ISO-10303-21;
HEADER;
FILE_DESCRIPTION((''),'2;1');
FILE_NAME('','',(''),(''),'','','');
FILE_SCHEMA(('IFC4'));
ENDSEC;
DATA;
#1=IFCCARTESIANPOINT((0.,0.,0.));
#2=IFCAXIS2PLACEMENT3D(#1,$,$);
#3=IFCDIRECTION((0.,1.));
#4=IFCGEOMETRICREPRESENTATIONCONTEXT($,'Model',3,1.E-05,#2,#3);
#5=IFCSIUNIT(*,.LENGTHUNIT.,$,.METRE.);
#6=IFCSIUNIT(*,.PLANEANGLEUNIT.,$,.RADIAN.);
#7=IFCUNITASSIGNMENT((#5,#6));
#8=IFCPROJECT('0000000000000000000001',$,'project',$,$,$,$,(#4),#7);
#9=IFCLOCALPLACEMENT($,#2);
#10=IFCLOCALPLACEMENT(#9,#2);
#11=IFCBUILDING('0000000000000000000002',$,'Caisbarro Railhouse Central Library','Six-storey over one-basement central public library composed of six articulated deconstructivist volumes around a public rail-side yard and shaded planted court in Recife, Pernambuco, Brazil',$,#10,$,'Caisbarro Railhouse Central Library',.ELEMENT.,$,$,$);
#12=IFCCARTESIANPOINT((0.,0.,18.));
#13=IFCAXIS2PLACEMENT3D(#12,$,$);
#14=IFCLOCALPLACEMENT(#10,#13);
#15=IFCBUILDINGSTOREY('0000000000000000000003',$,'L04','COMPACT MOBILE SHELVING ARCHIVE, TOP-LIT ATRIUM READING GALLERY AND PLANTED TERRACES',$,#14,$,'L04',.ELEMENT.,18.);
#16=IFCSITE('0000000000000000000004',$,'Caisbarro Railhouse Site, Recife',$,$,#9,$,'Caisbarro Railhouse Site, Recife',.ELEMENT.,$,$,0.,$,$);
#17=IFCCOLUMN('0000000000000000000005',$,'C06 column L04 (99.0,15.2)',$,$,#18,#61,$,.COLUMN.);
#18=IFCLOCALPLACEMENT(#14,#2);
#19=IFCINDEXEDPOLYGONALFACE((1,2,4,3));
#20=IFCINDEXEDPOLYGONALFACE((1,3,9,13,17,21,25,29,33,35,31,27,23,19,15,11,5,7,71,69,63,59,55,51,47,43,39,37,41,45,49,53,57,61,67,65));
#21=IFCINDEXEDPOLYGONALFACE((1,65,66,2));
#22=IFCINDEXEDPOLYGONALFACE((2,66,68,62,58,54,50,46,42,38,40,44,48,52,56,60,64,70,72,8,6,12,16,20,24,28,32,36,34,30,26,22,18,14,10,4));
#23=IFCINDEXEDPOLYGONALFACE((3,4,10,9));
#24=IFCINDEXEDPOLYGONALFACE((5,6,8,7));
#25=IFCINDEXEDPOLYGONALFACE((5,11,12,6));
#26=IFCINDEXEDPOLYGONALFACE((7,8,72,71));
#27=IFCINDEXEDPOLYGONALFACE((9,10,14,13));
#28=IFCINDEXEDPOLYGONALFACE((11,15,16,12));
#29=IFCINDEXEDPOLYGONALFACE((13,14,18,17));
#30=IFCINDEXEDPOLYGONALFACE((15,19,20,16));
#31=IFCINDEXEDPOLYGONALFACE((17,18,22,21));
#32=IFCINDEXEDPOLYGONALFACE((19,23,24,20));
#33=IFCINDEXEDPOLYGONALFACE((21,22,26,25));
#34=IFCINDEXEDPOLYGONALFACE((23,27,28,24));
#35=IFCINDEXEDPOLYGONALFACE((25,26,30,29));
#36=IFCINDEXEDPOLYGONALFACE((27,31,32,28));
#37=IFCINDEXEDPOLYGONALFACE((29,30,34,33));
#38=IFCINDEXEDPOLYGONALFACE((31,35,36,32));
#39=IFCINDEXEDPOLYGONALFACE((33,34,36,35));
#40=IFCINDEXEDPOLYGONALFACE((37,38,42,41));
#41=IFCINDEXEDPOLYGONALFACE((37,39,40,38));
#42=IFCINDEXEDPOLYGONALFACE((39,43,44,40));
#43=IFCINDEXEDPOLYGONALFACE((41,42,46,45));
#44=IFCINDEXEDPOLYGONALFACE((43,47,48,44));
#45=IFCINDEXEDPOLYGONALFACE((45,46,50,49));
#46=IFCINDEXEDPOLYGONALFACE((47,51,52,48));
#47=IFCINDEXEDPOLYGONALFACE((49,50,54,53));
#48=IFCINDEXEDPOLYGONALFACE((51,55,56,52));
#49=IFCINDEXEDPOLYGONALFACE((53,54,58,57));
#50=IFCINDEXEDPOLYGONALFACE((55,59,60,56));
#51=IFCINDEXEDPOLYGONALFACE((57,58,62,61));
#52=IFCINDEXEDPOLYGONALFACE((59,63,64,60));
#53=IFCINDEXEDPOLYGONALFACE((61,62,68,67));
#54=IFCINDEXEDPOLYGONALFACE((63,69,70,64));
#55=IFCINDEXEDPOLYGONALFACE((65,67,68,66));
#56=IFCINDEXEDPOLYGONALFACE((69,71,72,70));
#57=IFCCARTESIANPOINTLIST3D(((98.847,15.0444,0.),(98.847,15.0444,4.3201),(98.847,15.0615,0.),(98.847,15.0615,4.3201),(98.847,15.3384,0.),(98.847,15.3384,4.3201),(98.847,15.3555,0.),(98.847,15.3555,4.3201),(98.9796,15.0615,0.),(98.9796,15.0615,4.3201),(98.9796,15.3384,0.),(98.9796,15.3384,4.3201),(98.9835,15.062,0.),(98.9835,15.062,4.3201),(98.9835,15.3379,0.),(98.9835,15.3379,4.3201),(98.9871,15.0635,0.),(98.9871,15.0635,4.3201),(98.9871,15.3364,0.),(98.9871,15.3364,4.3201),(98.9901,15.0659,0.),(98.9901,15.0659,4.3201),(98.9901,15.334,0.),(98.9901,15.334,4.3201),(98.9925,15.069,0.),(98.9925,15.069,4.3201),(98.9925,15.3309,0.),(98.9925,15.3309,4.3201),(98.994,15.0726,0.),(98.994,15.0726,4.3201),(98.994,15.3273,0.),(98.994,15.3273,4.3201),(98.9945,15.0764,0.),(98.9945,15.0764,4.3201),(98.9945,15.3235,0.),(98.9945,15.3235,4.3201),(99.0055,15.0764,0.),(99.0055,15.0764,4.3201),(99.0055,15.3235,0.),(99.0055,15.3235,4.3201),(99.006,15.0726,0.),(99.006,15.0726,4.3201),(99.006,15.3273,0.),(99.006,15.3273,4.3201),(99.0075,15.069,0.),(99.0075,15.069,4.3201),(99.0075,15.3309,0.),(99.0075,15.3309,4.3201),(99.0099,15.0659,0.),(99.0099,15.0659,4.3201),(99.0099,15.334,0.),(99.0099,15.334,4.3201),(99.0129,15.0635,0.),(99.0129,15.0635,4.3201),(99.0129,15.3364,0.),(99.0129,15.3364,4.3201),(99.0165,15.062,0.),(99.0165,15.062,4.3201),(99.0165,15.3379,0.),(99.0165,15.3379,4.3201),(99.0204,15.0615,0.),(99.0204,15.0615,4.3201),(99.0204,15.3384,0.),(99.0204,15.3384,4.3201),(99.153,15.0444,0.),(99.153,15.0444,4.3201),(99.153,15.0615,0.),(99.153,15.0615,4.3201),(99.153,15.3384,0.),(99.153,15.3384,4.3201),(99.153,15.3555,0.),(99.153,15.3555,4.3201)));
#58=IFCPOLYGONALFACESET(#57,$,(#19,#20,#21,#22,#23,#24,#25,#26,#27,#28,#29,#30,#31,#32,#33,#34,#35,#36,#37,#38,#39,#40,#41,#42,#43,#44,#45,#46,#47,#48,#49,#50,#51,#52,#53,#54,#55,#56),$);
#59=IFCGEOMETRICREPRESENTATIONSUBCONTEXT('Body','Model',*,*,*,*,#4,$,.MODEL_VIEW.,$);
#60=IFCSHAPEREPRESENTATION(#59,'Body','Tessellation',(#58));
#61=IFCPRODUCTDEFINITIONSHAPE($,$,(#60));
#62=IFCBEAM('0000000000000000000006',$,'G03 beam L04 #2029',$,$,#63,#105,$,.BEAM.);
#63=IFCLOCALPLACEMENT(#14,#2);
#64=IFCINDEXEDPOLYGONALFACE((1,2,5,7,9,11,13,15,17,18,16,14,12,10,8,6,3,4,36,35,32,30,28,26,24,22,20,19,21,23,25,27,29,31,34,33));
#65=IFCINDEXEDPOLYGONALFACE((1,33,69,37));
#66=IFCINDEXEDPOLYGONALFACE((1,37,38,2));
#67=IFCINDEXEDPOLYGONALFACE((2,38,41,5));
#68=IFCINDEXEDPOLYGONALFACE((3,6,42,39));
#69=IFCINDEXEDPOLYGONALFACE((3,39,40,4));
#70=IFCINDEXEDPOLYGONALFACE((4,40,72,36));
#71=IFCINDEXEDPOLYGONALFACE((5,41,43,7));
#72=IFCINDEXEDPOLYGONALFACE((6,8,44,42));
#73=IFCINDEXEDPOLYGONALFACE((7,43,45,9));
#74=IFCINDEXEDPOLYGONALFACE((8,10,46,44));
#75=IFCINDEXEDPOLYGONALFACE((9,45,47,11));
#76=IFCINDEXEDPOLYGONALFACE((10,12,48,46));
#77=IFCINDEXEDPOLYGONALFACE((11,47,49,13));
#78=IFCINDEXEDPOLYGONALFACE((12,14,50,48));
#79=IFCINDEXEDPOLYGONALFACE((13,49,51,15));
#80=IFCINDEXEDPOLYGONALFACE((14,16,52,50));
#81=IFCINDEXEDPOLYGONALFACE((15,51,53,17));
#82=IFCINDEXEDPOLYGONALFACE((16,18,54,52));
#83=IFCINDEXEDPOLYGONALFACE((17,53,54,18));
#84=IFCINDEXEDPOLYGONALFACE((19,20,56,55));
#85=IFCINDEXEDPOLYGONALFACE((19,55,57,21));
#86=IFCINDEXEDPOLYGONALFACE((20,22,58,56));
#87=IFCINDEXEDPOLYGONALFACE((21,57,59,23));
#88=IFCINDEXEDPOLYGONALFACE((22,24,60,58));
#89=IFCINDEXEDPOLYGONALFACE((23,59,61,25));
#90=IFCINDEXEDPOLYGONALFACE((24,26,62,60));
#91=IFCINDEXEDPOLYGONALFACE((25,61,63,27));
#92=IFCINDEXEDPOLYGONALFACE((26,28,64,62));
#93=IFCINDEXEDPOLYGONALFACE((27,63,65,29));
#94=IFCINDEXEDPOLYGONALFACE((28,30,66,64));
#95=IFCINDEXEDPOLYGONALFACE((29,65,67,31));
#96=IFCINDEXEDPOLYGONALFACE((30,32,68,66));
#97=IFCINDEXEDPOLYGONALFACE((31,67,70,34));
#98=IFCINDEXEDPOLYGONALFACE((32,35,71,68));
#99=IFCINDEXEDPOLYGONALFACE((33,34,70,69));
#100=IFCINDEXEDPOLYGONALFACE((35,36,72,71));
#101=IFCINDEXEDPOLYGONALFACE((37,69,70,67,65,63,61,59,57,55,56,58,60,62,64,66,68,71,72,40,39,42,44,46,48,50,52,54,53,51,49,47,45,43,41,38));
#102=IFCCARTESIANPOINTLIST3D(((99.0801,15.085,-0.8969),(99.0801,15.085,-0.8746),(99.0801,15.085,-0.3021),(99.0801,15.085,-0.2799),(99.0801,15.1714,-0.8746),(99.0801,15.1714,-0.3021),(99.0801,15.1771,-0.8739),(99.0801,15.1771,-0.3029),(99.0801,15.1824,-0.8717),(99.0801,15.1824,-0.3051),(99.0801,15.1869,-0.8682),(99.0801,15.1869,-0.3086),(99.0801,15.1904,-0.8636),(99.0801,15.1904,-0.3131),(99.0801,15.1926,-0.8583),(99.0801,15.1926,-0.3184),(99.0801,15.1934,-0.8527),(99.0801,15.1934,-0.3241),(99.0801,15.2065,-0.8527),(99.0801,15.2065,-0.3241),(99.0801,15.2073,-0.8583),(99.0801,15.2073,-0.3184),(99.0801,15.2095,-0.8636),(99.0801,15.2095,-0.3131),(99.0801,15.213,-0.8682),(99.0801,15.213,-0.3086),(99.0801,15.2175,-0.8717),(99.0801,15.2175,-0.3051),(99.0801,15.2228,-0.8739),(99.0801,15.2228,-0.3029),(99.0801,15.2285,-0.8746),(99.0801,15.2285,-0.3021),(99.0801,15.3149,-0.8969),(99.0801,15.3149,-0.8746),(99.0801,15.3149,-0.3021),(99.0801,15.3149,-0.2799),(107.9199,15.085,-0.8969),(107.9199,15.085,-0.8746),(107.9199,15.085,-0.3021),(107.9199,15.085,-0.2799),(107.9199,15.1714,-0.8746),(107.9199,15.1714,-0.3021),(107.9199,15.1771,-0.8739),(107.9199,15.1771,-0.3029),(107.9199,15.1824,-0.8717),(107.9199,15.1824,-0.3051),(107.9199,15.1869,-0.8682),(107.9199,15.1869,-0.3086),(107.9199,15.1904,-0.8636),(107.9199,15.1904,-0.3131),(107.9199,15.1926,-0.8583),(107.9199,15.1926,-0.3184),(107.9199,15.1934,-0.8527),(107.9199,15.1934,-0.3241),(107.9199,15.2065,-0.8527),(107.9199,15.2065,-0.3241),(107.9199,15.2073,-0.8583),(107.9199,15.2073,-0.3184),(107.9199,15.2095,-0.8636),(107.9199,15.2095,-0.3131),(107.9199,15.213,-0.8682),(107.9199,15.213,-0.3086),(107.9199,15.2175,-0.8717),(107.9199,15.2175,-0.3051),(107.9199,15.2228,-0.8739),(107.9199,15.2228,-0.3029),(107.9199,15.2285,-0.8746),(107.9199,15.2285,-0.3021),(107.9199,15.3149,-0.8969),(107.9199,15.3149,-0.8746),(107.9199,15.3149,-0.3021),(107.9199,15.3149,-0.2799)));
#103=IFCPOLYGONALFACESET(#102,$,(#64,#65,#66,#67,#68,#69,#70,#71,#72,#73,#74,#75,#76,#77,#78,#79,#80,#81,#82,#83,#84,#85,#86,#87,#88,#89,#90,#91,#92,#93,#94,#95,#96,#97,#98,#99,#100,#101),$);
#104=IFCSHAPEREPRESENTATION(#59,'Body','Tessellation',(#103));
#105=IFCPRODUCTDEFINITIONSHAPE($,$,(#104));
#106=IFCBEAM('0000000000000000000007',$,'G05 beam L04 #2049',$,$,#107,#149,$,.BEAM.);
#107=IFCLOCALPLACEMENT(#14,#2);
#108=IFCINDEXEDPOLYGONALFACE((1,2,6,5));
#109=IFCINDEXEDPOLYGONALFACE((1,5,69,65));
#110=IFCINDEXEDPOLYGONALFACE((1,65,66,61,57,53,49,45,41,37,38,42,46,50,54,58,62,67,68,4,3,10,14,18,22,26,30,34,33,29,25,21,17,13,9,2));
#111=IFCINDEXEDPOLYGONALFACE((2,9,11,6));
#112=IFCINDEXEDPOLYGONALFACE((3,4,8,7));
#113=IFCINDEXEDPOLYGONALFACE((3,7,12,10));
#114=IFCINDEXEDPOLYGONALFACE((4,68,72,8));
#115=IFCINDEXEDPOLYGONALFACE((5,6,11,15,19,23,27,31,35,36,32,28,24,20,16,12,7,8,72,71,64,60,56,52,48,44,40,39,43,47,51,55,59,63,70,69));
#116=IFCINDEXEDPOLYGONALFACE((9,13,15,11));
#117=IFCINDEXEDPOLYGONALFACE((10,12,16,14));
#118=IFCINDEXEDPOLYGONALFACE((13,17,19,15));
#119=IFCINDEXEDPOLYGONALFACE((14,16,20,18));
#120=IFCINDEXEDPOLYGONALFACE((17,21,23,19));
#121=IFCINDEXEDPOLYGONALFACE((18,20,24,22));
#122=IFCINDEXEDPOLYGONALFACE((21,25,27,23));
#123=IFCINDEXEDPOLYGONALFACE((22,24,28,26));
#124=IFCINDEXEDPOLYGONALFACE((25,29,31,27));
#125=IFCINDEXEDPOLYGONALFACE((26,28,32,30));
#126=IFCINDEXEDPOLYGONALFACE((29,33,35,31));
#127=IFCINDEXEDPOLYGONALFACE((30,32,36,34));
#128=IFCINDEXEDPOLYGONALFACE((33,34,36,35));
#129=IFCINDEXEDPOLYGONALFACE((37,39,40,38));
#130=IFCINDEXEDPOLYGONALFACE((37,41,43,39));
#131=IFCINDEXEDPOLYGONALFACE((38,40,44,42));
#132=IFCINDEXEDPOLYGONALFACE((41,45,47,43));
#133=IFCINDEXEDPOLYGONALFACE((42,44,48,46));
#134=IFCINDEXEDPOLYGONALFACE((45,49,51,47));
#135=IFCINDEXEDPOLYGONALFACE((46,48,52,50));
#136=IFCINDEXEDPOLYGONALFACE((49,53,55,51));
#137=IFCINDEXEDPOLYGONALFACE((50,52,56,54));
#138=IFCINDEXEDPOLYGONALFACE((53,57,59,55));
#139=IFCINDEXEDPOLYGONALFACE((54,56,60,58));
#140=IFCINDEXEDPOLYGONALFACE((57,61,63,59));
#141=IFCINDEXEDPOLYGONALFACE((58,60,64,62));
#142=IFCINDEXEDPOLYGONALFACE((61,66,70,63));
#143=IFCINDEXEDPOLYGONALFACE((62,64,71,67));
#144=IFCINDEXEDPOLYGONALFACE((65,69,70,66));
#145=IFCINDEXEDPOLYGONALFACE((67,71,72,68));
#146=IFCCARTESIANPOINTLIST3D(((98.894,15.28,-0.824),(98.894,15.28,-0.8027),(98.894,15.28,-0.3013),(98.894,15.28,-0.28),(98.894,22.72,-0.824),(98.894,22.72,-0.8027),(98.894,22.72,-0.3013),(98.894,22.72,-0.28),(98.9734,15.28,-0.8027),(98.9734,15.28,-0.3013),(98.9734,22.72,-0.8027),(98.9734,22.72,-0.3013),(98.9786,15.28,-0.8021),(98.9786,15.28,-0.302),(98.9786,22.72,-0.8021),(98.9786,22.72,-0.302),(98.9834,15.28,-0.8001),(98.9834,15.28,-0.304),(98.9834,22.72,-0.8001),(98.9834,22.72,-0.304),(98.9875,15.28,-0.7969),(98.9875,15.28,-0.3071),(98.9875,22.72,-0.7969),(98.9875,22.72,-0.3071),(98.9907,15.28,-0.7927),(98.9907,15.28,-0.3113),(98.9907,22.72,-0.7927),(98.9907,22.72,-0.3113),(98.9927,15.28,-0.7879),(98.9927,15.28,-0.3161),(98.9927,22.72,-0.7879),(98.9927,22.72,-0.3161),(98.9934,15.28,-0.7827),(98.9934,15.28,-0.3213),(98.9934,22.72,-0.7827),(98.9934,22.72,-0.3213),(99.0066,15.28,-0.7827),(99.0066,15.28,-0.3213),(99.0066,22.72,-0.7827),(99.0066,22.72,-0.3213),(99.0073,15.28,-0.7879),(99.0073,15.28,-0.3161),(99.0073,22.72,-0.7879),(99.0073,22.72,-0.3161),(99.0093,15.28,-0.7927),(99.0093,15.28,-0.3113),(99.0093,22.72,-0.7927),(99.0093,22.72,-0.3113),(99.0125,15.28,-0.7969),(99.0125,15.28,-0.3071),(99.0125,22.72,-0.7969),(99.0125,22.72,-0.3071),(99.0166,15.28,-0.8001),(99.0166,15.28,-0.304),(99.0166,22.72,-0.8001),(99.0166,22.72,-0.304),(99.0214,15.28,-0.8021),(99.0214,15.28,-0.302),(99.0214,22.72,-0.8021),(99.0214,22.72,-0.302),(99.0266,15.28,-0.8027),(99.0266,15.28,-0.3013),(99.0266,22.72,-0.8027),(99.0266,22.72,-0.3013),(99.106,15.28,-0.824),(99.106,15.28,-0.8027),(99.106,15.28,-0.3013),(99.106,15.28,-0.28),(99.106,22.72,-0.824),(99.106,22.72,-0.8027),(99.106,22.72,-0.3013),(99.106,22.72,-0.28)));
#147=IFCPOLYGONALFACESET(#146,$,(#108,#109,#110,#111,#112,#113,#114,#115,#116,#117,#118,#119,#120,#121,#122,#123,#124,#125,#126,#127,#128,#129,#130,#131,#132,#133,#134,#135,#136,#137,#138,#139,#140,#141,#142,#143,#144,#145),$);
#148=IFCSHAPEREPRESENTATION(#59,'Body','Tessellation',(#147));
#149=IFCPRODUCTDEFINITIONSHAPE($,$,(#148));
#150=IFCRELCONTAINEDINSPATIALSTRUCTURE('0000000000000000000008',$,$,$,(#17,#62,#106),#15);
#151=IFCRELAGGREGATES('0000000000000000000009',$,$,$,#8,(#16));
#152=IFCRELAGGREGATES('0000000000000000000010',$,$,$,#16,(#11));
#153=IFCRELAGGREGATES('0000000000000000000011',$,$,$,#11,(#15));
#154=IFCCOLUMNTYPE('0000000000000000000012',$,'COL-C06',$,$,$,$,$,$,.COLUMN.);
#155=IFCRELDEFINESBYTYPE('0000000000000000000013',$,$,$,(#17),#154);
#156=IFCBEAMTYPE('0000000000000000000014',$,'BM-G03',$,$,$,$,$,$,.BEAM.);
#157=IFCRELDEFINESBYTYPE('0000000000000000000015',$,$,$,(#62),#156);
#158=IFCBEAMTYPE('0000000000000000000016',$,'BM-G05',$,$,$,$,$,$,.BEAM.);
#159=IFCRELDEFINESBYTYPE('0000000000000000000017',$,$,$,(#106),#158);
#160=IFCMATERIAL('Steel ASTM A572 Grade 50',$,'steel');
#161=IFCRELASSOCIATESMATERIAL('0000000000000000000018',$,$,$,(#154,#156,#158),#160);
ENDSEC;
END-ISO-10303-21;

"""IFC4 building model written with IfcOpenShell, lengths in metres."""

from ifc_helpers import new_model, si_unit, direction, frame, origin, origin_2d, place, context, subcontext, project, spatial, i_section, extrude, material, material_profile, profile_set, type_object, element, save


model = new_model("IFC4")

# Units and contexts
model_context = context("Model", 3, precision=1e-05, world=origin(), true_north=direction((0.0, 1.0)))
body_context = subcontext(model_context, "Body", "Model", "MODEL_VIEW")
ifc_project = project(units=[si_unit("LENGTHUNIT", "METRE"), si_unit("PLANEANGLEUNIT", "RADIAN")], contexts=[model_context])

# Site, building, storey
site_placement = place(None, origin())
site = spatial("IfcSite", under=ifc_project, at=site_placement, Name="Caisbarro Railhouse Site, Recife", LongName="Caisbarro Railhouse Site, Recife", CompositionType="ELEMENT", RefElevation=0.0)
building_placement = place(site_placement, origin())
building = spatial("IfcBuilding", under=site, at=building_placement, Name="Caisbarro Railhouse Central Library", Description="Six-storey over one-basement central public library composed of six articulated deconstructivist volumes around a public rail-side yard and shaded planted court in Recife, Pernambuco, Brazil", LongName="Caisbarro Railhouse Central Library", CompositionType="ELEMENT")
storey_placement = place(building_placement, frame((0.0, 0.0, 18.0)))
storey = spatial("IfcBuildingStorey", under=building, at=storey_placement, Name="L04", Description="COMPACT MOBILE SHELVING ARCHIVE, TOP-LIT ATRIUM READING GALLERY AND PLANTED TERRACES", LongName="L04", CompositionType="ELEMENT", Elevation=18.0)

# Column
ifc_material_1 = material(Name="Steel ASTM A572 Grade 50", Category="steel")
ifc_material_profile_1 = material_profile(ifc_material_1, i_section(OverallWidth=0.3059, OverallDepth=0.311, WebThickness=0.011, FlangeThickness=0.0171, FilletRadius=0.0149, at=origin_2d()), Name="W310X107.0")
ifc_profile_set_1 = profile_set([ifc_material_profile_1], Name="Steel ASTM A572 Grade 50")
column_type = type_object("IfcColumnType", Name="COL-C06", PredefinedType="COLUMN", material=ifc_profile_set_1)
column_placement = place(storey_placement, frame((99.0, 15.2, 0.0), z_axis=(0.0, 0.0, 1.0), x_axis=(1.0, 0.0, 0.0)))
element("IfcColumn", 1, at=column_placement, inside=storey, type_object=column_type, Name="C06 column L04 (99.0,15.2)", PredefinedType="COLUMN", context=body_context, shape_type="SweptSolid", body=[
    extrude(i_section(OverallWidth=0.3059, OverallDepth=0.311, WebThickness=0.011, FlangeThickness=0.0171, FilletRadius=0.0149, at=origin_2d()), origin(), (0.0, 0.0, 1.0), 4.3201),
])

# Beams
ifc_material_profile_2 = material_profile(ifc_material_1, i_section(OverallWidth=0.23, OverallDepth=0.6169, WebThickness=0.0132, FlangeThickness=0.0222, FilletRadius=0.022, at=origin_2d()), Name="W610X140.0")
ifc_profile_set_2 = profile_set([ifc_material_profile_2], Name="Steel ASTM A572 Grade 50")
beam_type_1 = type_object("IfcBeamType", Name="BM-G03", PredefinedType="BEAM", material=ifc_profile_set_2)
beam_1_placement = place(storey_placement, frame((99.0801, 15.2, -0.5884), z_axis=(1.0, 0.0, 0.0), x_axis=(0.0, 1.0, 0.0)))
element("IfcBeam", 2, at=beam_1_placement, inside=storey, type_object=beam_type_1, Name="G03 beam L04 #2029", PredefinedType="BEAM", context=body_context, shape_type="SweptSolid", body=[
    extrude(i_section(OverallWidth=0.23, OverallDepth=0.6169, WebThickness=0.0132, FlangeThickness=0.0222, FilletRadius=0.022, at=origin_2d()), origin(), (0.0, 0.0, 1.0), 8.8398),
])
ifc_material_profile_3 = material_profile(ifc_material_1, i_section(OverallWidth=0.2119, OverallDepth=0.5439, WebThickness=0.0132, FlangeThickness=0.0212, FilletRadius=0.02, at=origin_2d()), Name="W530X123.0")
ifc_profile_set_3 = profile_set([ifc_material_profile_3], Name="Steel ASTM A572 Grade 50")
beam_type_2 = type_object("IfcBeamType", Name="BM-G05", PredefinedType="BEAM", material=ifc_profile_set_3)
beam_2_placement = place(storey_placement, frame((99.0, 15.28, -0.552), z_axis=(0.0, 1.0, 0.0), x_axis=(-1.0, 0.0, 0.0)))
element("IfcBeam", 3, at=beam_2_placement, inside=storey, type_object=beam_type_2, Name="G05 beam L04 #2049", PredefinedType="BEAM", context=body_context, shape_type="SweptSolid", body=[
    extrude(i_section(OverallWidth=0.2119, OverallDepth=0.5439, WebThickness=0.0132, FlangeThickness=0.0212, FilletRadius=0.02, at=origin_2d()), origin(), (0.0, 0.0, 1.0), 7.4399),
])

save(model, "model.ifc")
